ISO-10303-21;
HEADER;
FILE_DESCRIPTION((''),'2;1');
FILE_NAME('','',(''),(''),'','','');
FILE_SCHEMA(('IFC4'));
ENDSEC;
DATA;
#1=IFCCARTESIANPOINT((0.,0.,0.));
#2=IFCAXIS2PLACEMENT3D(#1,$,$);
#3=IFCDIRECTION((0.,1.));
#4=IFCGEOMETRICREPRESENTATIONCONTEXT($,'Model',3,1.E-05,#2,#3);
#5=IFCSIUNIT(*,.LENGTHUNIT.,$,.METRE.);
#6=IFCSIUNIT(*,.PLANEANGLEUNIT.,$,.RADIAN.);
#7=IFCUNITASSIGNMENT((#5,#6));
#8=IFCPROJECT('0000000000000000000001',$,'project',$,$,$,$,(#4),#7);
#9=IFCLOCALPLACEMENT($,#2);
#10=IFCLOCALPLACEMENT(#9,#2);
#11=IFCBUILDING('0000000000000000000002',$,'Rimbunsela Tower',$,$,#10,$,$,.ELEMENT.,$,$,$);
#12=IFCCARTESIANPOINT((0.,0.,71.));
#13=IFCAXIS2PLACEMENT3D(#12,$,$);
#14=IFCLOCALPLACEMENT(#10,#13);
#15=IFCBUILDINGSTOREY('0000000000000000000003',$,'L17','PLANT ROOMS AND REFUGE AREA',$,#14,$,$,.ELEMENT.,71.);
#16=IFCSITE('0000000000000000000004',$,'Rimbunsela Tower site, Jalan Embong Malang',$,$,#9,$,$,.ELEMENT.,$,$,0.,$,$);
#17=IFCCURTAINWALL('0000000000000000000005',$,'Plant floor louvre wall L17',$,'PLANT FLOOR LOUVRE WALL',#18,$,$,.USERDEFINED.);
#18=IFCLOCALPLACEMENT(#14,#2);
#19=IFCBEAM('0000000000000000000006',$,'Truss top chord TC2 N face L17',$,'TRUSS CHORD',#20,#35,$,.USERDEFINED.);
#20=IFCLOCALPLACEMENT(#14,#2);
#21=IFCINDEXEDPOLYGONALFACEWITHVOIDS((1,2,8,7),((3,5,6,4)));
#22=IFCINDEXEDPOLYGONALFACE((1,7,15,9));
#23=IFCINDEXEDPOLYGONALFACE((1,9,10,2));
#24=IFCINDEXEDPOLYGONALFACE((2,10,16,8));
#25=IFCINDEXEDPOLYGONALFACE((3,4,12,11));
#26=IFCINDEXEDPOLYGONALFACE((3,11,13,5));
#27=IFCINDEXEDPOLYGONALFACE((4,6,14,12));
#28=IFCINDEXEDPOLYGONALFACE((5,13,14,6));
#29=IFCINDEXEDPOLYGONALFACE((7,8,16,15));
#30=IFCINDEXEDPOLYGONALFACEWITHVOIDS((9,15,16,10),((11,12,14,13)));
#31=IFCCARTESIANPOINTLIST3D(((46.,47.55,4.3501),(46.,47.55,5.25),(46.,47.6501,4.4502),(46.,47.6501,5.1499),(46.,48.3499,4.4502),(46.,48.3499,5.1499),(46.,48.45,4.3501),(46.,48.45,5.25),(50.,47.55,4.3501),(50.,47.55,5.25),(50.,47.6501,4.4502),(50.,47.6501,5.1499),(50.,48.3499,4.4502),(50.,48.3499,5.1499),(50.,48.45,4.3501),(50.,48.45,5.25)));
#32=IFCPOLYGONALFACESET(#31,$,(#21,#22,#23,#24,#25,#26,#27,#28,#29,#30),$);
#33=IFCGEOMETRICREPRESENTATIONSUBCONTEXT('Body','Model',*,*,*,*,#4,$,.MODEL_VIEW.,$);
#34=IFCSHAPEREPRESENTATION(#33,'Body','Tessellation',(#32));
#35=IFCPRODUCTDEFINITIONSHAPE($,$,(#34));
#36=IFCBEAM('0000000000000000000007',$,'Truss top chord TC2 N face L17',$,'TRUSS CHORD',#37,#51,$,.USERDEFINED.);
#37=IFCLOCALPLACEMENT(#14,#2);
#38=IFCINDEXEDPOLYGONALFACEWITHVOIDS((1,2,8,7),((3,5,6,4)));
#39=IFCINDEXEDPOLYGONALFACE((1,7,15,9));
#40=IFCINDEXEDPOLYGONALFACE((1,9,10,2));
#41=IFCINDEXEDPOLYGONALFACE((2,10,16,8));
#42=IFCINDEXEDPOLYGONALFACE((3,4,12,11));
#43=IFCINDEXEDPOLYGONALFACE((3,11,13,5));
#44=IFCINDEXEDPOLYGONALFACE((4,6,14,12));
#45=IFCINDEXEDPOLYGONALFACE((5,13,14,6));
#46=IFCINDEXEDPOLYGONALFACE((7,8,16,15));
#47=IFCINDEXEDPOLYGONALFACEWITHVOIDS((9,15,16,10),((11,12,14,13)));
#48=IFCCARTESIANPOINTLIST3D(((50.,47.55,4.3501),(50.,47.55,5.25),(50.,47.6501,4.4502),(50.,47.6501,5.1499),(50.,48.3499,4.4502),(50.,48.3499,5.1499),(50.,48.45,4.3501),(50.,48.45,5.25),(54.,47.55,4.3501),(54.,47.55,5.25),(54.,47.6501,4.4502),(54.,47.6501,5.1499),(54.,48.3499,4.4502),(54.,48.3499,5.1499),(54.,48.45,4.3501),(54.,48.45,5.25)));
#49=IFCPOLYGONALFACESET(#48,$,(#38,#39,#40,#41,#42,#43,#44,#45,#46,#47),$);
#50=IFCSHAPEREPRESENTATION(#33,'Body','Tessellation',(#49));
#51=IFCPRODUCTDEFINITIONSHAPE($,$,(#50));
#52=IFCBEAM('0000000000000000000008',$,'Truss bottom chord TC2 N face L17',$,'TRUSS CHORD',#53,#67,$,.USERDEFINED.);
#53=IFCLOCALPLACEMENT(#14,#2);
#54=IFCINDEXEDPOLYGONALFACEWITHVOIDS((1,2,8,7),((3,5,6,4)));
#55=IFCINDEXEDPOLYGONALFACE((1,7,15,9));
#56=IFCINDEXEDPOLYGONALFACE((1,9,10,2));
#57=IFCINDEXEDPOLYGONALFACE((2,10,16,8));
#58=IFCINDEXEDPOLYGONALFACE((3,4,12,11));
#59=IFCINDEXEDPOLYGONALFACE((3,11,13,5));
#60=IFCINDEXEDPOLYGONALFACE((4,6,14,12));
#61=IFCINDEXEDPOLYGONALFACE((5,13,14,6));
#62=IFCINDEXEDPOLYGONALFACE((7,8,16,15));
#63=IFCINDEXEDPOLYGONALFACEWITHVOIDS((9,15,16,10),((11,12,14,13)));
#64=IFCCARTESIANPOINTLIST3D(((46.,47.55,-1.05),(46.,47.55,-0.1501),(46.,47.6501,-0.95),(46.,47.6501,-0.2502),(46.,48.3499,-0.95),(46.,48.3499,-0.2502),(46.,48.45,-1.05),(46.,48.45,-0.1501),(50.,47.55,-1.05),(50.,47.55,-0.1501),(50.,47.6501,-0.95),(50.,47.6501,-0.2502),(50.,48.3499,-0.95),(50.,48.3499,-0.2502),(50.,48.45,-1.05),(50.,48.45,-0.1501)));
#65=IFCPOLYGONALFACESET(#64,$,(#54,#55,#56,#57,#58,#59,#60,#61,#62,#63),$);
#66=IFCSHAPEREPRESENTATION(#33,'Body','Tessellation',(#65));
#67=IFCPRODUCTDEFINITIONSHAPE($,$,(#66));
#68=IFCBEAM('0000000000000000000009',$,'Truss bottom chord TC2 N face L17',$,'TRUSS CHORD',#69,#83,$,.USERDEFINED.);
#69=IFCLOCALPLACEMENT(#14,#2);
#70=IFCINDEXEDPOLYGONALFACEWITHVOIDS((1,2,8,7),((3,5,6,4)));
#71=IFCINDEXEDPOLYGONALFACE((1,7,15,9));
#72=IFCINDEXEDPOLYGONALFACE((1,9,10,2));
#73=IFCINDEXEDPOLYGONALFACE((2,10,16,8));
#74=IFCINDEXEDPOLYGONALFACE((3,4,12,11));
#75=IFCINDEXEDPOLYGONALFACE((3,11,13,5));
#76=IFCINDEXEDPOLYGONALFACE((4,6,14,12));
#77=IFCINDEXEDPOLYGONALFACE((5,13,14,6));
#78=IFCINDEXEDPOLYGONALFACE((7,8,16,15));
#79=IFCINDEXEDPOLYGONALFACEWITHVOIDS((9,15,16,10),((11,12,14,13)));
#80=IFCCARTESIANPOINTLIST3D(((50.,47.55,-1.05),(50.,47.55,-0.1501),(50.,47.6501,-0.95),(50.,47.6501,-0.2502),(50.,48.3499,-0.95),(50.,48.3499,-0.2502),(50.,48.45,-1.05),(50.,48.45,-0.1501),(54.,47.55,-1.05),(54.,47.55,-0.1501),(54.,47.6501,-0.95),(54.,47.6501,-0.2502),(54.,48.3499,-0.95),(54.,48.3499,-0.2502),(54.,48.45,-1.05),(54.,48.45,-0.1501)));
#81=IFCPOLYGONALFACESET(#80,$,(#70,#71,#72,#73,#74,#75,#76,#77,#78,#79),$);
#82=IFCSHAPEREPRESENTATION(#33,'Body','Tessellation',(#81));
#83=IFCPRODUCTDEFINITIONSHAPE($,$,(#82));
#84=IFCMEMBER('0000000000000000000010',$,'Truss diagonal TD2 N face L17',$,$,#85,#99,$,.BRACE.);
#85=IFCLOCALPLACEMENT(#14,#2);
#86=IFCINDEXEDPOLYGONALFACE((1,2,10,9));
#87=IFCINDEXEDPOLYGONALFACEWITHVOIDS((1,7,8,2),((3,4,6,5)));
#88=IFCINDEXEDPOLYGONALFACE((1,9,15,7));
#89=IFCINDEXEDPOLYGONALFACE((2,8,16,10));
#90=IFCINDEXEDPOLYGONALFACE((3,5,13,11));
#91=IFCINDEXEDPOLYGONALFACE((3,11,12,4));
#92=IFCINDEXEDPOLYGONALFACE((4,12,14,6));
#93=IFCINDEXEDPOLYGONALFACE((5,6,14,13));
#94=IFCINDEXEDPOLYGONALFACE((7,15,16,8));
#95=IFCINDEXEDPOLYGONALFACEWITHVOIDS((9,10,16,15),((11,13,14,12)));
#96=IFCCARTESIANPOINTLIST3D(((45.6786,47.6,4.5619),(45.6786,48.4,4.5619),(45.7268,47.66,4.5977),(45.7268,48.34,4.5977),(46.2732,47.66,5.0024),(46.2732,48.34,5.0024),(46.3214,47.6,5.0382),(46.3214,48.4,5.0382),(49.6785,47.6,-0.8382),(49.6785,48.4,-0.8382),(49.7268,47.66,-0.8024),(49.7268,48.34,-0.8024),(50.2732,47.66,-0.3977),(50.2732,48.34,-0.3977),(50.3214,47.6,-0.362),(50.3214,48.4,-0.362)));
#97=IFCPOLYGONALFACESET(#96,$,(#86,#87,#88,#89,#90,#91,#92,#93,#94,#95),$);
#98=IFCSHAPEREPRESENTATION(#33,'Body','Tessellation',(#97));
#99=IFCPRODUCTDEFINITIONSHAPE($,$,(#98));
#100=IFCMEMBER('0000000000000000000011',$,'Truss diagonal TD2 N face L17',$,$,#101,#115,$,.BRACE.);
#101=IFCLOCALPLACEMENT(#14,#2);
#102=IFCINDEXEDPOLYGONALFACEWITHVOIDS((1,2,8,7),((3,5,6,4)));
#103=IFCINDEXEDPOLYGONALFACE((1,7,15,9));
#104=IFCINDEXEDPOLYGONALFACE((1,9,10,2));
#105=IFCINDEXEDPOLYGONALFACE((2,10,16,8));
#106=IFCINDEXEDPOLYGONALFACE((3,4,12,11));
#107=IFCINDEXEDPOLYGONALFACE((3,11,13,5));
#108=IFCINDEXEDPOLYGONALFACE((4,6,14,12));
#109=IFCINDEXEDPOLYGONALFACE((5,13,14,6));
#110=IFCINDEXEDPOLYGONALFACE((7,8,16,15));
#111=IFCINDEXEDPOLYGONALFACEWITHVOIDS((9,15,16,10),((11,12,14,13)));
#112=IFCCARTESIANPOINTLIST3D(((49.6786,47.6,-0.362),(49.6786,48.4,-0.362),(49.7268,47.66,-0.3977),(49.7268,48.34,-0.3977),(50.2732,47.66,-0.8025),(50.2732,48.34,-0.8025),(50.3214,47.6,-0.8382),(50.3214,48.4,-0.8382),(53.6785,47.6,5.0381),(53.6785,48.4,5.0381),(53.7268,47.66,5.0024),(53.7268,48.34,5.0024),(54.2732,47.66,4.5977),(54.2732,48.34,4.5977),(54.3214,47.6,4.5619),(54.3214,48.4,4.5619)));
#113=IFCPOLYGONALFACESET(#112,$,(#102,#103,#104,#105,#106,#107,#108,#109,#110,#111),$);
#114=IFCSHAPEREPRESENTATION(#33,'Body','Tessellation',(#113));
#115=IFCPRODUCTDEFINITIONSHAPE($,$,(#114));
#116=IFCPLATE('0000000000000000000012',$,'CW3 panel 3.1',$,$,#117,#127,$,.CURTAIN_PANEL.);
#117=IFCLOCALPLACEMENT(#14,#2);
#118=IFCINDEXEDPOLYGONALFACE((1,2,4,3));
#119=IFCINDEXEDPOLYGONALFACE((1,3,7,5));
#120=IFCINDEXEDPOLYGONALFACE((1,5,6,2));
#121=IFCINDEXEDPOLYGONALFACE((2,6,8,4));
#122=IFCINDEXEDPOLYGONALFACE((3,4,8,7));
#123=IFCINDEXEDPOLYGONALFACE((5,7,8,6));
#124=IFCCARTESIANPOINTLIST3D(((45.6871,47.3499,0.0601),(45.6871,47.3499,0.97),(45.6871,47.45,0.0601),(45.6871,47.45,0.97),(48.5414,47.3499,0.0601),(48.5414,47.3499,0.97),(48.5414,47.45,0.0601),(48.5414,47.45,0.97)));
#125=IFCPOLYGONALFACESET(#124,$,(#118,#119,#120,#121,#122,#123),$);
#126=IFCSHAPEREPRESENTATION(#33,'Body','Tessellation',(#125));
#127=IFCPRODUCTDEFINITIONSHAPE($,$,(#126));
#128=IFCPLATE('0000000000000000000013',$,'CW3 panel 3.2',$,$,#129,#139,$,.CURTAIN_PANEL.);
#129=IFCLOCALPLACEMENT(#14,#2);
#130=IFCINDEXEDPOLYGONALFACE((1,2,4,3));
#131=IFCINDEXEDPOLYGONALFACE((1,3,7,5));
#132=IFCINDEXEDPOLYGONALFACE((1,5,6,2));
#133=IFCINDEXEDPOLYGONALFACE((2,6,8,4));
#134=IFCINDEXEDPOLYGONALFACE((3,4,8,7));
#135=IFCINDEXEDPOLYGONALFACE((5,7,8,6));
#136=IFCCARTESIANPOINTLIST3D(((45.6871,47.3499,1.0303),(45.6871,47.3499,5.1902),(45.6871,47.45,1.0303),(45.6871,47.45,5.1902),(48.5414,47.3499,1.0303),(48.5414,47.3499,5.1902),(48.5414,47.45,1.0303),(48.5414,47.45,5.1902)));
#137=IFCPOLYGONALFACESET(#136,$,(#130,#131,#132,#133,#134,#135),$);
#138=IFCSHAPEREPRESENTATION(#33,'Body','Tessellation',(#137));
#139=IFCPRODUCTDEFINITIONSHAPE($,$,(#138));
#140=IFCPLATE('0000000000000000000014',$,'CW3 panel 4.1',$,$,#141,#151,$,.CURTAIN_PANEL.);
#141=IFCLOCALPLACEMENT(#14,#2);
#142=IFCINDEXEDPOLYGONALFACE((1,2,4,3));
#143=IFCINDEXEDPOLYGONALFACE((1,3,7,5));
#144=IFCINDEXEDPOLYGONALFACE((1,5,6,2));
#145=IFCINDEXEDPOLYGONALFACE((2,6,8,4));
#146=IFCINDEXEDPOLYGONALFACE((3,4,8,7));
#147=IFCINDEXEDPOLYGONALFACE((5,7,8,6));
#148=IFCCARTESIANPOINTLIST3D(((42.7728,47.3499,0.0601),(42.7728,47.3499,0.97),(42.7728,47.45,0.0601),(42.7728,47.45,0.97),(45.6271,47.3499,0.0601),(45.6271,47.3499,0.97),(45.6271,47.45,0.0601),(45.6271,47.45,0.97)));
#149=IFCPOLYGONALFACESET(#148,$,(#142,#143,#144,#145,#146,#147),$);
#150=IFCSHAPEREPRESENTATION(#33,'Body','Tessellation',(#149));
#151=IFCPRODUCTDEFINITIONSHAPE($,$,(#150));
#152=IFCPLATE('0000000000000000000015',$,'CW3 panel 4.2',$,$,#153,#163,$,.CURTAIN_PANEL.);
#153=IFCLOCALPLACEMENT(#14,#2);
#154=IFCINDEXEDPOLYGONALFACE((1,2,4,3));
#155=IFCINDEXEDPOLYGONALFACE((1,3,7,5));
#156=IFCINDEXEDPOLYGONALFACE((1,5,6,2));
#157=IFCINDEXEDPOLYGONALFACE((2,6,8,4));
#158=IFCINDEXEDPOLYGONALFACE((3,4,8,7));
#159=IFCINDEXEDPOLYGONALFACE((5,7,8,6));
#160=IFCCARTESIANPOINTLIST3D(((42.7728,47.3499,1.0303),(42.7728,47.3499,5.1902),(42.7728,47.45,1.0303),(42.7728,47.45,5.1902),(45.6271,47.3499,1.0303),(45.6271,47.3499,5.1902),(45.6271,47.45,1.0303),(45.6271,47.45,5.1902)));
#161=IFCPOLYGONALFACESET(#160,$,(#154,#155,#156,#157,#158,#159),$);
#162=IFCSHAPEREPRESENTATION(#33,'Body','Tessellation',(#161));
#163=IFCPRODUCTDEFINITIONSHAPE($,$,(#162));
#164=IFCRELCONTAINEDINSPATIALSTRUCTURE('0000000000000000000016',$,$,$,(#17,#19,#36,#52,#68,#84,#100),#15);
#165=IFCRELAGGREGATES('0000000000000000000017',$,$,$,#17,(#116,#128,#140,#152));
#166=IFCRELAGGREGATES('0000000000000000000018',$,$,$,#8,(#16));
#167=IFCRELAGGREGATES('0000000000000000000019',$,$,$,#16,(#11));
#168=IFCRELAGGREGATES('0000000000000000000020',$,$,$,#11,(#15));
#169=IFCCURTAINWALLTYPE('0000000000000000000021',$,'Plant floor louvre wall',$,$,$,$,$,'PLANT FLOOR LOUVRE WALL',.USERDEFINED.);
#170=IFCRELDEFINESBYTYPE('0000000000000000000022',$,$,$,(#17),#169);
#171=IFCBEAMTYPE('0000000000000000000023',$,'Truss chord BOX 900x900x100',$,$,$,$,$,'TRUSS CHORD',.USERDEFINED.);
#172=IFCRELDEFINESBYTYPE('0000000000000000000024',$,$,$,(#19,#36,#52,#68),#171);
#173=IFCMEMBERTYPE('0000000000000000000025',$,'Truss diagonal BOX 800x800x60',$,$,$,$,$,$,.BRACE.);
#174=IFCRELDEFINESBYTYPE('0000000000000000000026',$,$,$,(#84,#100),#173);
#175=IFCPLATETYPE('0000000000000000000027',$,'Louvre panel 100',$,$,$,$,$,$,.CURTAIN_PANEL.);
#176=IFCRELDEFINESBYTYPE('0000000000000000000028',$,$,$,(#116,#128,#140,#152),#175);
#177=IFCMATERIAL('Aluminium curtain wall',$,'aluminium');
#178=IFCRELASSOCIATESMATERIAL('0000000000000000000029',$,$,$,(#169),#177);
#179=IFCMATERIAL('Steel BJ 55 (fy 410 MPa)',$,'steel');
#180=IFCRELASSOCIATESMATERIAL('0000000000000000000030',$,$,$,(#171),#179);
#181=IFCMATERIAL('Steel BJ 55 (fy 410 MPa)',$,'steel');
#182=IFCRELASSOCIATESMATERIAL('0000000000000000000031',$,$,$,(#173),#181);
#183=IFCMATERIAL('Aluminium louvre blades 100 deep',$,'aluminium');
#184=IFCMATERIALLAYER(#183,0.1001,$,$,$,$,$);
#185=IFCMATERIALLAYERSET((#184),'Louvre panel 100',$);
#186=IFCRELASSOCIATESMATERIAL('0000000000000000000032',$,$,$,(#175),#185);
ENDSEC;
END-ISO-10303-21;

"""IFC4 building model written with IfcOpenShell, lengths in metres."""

from ifc_helpers import new_model, si_unit, direction, frame, origin, origin_2d, place, context, subcontext, project, spatial, rectangle, hollow_rectangle, extrude, material, layer, layer_set, material_profile, profile_set, type_object, element, aggregate, save


model = new_model("IFC4")

# Units and contexts
model_context = context("Model", 3, precision=1e-05, world=origin(), true_north=direction((0.0, 1.0)))
body_context = subcontext(model_context, "Body", "Model", "MODEL_VIEW")
ifc_project = project(units=[si_unit("LENGTHUNIT", "METRE"), si_unit("PLANEANGLEUNIT", "RADIAN")], contexts=[model_context])

# Site, building, storey
site_placement = place(None, origin())
site = spatial("IfcSite", under=ifc_project, at=site_placement, Name="Rimbunsela Tower site, Jalan Embong Malang", CompositionType="ELEMENT", RefElevation=0.0)
building_placement = place(site_placement, origin())
building = spatial("IfcBuilding", under=site, at=building_placement, Name="Rimbunsela Tower", CompositionType="ELEMENT")
storey_placement = place(building_placement, frame((0.0, 0.0, 71.0)))
storey = spatial("IfcBuildingStorey", under=building, at=storey_placement, Name="L17", Description="PLANT ROOMS AND REFUGE AREA", CompositionType="ELEMENT", Elevation=71.0)

# Curtain wall
ifc_material_1 = material(Name="Aluminium curtain wall", Category="aluminium")
curtain_wall_type = type_object("IfcCurtainWallType", Name="Plant floor louvre wall", ElementType="PLANT FLOOR LOUVRE WALL", PredefinedType="USERDEFINED", material=ifc_material_1)
curtain_wall_placement = place(storey_placement, origin())
curtain_wall = element("IfcCurtainWall", 1, at=curtain_wall_placement, inside=storey, type_object=curtain_wall_type, Name="Plant floor louvre wall L17", ObjectType="PLANT FLOOR LOUVRE WALL", PredefinedType="USERDEFINED")

# Beams
ifc_material_2 = material(Name="Steel BJ 55 (fy 410 MPa)", Category="steel")
ifc_material_profile_1 = material_profile(ifc_material_2, hollow_rectangle(XDim=0.8999, YDim=0.8999, WallThickness=0.1001, at=origin_2d()), Name="BOX 900x900x100")
ifc_profile_set_1 = profile_set([ifc_material_profile_1], Name="Steel BJ 55 (fy 410 MPa)")
beam_type_1 = type_object("IfcBeamType", Name="Truss chord BOX 900x900x100", ElementType="TRUSS CHORD", PredefinedType="USERDEFINED", material=ifc_profile_set_1)
for number, where, z_axis, x_axis, name in (
    (2, (46.0, 48.0, 4.8), (1.0, 0.0, 0.0), (0.0, 1.0, 0.0), "Truss top chord TC2 N face L17"),
    (3, (50.0, 48.0, 4.8), (1.0, 0.0, 0.0), (0.0, 1.0, 0.0), "Truss top chord TC2 N face L17"),
    (4, (46.0, 48.0, -0.6001), (1.0, 0.0, 0.0), (0.0, 1.0, 0.0), "Truss bottom chord TC2 N face L17"),
    (5, (50.0, 48.0, -0.6001), (1.0, 0.0, 0.0), (0.0, 1.0, 0.0), "Truss bottom chord TC2 N face L17"),
):
    element("IfcBeam", number, at=place(storey_placement, frame(where, z_axis=z_axis, x_axis=x_axis)), inside=storey, type_object=beam_type_1, Name=name, ObjectType="TRUSS CHORD", PredefinedType="USERDEFINED", context=body_context, shape_type="SweptSolid", body=[
        extrude(hollow_rectangle(XDim=0.8999, YDim=0.8999, WallThickness=0.1001, at=origin_2d()), origin(), (0.0, 0.0, 1.0), 4.0),
    ])

# Members
ifc_material_3 = material(Name="Steel BJ 55 (fy 410 MPa)", Category="steel")
ifc_material_profile_2 = material_profile(ifc_material_3, hollow_rectangle(XDim=0.8, YDim=0.8, WallThickness=0.0601, at=origin_2d()), Name="BOX 800x800x60")
ifc_profile_set_2 = profile_set([ifc_material_profile_2], Name="Steel BJ 55 (fy 410 MPa)")
member_type_1 = type_object("IfcMemberType", Name="Truss diagonal BOX 800x800x60", PredefinedType="BRACE", material=ifc_profile_set_2)
for number, where, z_axis, x_axis, name in (
    (6, (46.0, 48.0, 4.8), (0.595217, 0.0, -0.803565), (0.0, 1.0, 0.0), "Truss diagonal TD2 N face L17"),
    (7, (50.0, 48.0, -0.6001), (0.595217, 0.0, 0.803565), (0.0, 1.0, 0.0), "Truss diagonal TD2 N face L17"),
):
    element("IfcMember", number, at=place(storey_placement, frame(where, z_axis=z_axis, x_axis=x_axis)), inside=storey, type_object=member_type_1, Name=name, PredefinedType="BRACE", context=body_context, shape_type="SweptSolid", body=[
        extrude(hollow_rectangle(XDim=0.8, YDim=0.8, WallThickness=0.0601, at=origin_2d()), origin(), (0.0, 0.0, 1.0), 6.7202),
    ])

# Plates
ifc_material_4 = material(Name="Aluminium louvre blades 100 deep", Category="aluminium")
ifc_layer = layer(ifc_material_4, 0.1001)
ifc_layer_set = layer_set([ifc_layer], Name="Louvre panel 100")
plate_type = type_object("IfcPlateType", Name="Louvre panel 100", PredefinedType="CURTAIN_PANEL", material=ifc_layer_set)
plate_1_placement = place(storey_placement, frame((47.1143, 47.3999, 0.0601), z_axis=(0.0, 0.0, 1.0), x_axis=(-1.0, 0.0, 0.0)))
plate_1 = element("IfcPlate", 8, at=plate_1_placement, type_object=plate_type, Name="CW3 panel 3.1", PredefinedType="CURTAIN_PANEL", context=body_context, shape_type="SweptSolid", body=[
    extrude(rectangle(XDim=2.8542, YDim=0.1001, at=origin_2d()), origin(), (0.0, 0.0, 1.0), 0.9099),
])
plate_2_placement = place(storey_placement, frame((47.1143, 47.3999, 1.0303), z_axis=(0.0, 0.0, 1.0), x_axis=(-1.0, 0.0, 0.0)))
plate_2 = element("IfcPlate", 9, at=plate_2_placement, type_object=plate_type, Name="CW3 panel 3.2", PredefinedType="CURTAIN_PANEL", context=body_context, shape_type="SweptSolid", body=[
    extrude(rectangle(XDim=2.8542, YDim=0.1001, at=origin_2d()), origin(), (0.0, 0.0, 1.0), 4.1599),
])
plate_3_placement = place(storey_placement, frame((44.2, 47.3999, 0.0601), z_axis=(0.0, 0.0, 1.0), x_axis=(-1.0, 0.0, 0.0)))
plate_3 = element("IfcPlate", 10, at=plate_3_placement, type_object=plate_type, Name="CW3 panel 4.1", PredefinedType="CURTAIN_PANEL", context=body_context, shape_type="SweptSolid", body=[
    extrude(rectangle(XDim=2.8542, YDim=0.1001, at=origin_2d()), origin(), (0.0, 0.0, 1.0), 0.9099),
])
plate_4_placement = place(storey_placement, frame((44.2, 47.3999, 1.0303), z_axis=(0.0, 0.0, 1.0), x_axis=(-1.0, 0.0, 0.0)))
plate_4 = element("IfcPlate", 11, at=plate_4_placement, type_object=plate_type, Name="CW3 panel 4.2", PredefinedType="CURTAIN_PANEL", context=body_context, shape_type="SweptSolid", body=[
    extrude(rectangle(XDim=2.8542, YDim=0.1001, at=origin_2d()), origin(), (0.0, 0.0, 1.0), 4.1599),
])
aggregate(curtain_wall, [plate_1, plate_2, plate_3, plate_4])

save(model, "model.ifc")
